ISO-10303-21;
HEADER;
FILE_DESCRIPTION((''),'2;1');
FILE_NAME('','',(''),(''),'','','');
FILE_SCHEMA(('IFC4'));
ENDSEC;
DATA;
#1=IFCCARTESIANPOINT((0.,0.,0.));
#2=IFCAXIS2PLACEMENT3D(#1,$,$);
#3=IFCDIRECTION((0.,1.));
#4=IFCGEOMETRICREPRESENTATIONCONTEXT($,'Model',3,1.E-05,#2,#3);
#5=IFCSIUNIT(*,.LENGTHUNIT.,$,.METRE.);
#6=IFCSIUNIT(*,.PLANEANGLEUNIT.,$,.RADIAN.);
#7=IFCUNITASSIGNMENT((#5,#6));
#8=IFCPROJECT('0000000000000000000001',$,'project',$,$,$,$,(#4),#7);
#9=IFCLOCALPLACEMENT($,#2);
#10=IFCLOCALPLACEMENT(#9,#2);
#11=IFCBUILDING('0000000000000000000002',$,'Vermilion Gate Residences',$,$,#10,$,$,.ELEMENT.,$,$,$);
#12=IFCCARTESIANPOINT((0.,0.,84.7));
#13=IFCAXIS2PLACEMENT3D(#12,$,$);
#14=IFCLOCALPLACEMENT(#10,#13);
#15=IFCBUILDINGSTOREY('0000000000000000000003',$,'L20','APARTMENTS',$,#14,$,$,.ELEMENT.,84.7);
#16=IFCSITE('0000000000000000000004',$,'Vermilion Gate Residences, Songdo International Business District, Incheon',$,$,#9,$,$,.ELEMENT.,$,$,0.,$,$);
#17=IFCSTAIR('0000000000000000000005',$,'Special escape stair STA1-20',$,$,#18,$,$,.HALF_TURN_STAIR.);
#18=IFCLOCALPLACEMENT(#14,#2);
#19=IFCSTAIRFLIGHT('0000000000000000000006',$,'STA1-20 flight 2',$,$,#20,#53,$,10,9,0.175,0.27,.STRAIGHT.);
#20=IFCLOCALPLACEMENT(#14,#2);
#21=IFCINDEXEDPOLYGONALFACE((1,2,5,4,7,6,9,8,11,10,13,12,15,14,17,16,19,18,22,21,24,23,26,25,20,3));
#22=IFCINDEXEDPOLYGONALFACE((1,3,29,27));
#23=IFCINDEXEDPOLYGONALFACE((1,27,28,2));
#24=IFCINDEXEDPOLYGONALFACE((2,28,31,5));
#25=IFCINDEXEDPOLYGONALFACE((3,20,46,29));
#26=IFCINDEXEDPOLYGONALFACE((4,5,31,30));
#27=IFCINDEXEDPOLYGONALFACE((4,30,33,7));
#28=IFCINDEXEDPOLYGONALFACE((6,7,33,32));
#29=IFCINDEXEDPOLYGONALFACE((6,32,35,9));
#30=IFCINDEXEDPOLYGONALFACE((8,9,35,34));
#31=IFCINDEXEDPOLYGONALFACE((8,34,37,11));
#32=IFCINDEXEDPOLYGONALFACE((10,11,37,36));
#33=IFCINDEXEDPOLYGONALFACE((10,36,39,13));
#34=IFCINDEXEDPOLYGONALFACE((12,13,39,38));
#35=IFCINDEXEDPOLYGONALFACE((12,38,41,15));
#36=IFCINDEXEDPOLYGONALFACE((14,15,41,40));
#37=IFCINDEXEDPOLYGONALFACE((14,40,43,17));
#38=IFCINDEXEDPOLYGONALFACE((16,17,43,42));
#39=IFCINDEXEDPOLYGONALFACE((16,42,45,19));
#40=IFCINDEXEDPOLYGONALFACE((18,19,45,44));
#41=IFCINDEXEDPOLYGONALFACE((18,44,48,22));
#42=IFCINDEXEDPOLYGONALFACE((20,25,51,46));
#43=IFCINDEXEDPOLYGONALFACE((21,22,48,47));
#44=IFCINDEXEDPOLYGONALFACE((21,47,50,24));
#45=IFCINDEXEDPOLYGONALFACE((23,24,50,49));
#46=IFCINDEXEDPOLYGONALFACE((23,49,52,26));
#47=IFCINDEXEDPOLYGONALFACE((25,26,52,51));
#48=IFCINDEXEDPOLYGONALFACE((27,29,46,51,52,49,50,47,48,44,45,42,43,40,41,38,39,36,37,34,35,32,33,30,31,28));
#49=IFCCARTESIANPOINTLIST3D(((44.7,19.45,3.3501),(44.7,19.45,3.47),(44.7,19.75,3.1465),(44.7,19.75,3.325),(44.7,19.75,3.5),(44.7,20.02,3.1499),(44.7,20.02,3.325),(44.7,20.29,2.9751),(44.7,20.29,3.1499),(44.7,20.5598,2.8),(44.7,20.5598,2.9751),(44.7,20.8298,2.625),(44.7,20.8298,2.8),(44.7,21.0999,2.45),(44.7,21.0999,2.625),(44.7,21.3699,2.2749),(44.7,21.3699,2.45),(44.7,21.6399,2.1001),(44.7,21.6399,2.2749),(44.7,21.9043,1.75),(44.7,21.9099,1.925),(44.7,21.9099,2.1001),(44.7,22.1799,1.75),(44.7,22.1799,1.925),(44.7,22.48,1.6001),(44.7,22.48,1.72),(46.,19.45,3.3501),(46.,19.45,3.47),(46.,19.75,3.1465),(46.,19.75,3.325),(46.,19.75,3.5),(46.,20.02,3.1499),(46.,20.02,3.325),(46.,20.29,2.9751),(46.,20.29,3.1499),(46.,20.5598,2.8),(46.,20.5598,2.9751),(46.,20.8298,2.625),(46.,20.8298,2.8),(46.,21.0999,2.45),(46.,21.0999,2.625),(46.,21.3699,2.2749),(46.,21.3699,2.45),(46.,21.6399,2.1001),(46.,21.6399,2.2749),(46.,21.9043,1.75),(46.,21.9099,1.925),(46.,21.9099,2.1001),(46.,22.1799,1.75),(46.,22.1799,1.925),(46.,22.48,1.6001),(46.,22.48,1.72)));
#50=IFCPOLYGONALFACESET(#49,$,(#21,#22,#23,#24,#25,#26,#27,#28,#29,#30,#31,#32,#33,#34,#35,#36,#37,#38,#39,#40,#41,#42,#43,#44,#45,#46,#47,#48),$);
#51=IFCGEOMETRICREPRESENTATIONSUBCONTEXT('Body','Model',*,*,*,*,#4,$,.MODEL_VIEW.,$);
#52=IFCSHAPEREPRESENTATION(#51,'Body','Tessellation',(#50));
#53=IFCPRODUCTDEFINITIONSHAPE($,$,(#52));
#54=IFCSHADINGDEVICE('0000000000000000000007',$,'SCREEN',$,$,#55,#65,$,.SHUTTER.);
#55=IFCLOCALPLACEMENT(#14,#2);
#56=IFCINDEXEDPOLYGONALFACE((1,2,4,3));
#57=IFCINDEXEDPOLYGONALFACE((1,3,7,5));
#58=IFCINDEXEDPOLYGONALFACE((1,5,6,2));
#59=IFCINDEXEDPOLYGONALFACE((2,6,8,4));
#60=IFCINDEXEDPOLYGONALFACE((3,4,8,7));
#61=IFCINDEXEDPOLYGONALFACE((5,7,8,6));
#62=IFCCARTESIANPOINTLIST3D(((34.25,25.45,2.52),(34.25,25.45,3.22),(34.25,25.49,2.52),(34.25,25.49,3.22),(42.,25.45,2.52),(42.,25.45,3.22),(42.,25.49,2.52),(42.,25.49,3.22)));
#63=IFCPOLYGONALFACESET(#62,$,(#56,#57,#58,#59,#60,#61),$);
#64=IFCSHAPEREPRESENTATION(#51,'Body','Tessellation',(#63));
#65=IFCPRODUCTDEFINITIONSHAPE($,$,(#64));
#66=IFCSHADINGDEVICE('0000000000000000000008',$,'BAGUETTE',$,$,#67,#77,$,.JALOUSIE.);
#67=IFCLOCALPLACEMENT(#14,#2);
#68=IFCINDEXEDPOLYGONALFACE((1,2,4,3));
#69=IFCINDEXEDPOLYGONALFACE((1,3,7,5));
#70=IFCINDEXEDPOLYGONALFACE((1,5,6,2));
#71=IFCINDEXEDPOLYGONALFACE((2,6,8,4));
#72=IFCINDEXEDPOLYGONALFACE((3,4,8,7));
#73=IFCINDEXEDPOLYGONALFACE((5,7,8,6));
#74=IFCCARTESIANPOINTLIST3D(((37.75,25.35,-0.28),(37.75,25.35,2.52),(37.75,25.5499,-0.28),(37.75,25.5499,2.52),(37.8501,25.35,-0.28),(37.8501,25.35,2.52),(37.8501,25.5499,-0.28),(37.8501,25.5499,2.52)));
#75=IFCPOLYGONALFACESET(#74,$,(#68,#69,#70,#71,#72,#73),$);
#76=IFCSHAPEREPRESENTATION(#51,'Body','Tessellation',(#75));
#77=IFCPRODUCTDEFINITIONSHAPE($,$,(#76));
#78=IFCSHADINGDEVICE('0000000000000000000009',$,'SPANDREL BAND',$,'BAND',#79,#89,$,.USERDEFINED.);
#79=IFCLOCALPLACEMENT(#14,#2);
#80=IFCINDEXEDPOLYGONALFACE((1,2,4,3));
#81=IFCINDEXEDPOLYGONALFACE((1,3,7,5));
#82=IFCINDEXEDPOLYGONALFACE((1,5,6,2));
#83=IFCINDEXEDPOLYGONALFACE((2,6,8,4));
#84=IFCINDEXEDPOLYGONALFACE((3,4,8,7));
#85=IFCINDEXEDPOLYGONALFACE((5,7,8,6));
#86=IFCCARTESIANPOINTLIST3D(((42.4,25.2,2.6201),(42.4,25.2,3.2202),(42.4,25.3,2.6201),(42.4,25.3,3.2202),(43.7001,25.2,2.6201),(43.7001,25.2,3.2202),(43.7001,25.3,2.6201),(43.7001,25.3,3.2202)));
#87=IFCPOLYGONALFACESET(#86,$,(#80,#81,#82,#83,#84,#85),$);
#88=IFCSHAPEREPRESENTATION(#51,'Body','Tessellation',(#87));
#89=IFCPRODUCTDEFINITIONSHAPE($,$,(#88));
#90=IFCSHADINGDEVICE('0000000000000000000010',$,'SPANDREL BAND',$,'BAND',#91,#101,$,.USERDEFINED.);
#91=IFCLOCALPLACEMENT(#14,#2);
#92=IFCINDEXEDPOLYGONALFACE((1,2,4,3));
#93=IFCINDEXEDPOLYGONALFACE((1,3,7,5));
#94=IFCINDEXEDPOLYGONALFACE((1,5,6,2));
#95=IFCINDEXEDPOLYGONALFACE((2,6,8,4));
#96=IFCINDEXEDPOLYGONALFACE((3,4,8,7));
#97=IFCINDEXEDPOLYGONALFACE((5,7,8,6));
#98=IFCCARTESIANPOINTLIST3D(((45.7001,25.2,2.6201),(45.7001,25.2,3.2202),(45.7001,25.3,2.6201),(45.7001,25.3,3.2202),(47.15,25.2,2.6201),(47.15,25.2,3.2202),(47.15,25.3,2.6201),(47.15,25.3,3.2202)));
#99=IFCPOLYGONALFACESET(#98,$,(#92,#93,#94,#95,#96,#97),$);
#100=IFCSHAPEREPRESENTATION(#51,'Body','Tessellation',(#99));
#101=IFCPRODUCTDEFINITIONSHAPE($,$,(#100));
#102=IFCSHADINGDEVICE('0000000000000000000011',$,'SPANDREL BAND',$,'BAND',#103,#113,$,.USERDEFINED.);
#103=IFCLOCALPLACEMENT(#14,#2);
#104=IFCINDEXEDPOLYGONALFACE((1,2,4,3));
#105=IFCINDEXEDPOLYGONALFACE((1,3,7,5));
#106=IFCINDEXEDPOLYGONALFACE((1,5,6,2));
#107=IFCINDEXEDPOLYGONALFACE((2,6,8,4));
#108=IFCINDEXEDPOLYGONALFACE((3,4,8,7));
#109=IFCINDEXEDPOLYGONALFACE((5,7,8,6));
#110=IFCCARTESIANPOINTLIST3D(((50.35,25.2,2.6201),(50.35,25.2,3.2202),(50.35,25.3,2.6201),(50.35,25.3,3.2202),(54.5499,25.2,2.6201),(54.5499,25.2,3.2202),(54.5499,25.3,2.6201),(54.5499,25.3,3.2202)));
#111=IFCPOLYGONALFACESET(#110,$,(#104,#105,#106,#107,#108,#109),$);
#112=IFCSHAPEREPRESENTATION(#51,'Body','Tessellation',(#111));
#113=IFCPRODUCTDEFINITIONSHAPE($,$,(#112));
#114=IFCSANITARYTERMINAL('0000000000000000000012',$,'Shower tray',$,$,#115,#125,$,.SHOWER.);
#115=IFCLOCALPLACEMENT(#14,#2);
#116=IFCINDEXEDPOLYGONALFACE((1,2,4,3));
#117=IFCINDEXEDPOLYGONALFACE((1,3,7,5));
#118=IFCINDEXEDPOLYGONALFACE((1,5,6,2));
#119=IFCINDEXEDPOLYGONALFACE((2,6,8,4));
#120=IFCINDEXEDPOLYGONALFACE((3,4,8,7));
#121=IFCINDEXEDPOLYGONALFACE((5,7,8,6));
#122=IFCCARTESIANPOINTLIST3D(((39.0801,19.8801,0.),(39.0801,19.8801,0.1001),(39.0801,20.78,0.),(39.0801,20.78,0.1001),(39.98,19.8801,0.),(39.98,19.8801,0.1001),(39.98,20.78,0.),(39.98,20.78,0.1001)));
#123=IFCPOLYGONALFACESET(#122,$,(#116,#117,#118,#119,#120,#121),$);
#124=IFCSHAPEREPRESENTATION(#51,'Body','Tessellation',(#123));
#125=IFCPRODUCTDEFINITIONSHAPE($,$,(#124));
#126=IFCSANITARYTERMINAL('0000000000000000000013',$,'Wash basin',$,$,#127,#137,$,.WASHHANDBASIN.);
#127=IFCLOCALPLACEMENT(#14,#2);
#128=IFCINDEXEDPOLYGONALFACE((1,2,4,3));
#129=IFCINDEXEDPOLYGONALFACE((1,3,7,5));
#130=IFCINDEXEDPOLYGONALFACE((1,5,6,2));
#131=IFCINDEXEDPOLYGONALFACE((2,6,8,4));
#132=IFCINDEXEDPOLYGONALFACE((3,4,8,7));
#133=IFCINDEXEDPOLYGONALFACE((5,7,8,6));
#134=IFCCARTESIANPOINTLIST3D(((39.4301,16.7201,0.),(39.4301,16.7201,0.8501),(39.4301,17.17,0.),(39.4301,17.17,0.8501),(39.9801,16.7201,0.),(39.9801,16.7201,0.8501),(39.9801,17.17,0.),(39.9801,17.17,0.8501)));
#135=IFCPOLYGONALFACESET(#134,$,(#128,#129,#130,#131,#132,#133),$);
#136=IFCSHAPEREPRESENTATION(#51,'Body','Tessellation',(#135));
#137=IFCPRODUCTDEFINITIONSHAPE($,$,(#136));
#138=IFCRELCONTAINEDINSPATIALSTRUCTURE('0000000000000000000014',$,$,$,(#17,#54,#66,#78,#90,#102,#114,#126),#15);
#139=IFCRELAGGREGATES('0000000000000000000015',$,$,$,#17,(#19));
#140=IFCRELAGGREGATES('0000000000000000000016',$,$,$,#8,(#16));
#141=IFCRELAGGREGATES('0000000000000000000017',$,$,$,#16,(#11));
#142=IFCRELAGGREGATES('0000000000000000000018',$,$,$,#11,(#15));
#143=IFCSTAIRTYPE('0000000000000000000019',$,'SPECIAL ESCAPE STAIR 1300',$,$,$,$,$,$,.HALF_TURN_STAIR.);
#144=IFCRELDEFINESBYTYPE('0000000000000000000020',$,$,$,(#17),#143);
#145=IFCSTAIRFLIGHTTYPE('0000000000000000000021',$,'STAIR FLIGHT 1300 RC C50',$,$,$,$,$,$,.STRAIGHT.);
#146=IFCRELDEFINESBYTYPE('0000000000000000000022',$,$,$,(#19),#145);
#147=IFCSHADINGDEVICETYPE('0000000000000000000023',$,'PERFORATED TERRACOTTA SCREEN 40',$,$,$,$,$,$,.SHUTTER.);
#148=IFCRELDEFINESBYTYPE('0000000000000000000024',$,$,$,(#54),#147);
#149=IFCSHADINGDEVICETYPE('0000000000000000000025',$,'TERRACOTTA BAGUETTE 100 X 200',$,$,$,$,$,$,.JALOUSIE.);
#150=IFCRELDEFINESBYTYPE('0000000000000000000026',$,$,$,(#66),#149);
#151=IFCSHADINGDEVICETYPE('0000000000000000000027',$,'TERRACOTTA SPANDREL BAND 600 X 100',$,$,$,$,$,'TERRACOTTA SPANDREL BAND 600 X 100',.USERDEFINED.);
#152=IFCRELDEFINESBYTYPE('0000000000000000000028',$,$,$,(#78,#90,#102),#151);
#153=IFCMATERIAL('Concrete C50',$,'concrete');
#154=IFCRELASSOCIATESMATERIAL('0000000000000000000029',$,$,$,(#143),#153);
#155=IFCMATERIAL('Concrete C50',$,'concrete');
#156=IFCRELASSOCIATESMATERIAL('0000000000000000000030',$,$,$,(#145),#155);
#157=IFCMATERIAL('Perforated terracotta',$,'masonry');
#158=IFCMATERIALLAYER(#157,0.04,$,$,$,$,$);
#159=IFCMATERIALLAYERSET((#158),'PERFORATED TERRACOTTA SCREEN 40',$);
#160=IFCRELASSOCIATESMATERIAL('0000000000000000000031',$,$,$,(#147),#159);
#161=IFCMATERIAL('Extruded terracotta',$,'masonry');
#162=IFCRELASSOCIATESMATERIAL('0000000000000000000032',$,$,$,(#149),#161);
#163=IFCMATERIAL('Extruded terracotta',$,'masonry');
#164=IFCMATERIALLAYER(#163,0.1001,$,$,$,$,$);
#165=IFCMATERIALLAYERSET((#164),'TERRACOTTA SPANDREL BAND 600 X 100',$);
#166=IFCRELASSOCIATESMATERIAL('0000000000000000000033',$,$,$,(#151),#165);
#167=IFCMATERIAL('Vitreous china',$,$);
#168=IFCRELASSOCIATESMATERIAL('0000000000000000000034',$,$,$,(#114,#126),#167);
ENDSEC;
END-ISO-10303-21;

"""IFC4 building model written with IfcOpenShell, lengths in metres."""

from ifc_helpers import new_model, si_unit, direction, frame, origin, origin_2d, place, context, subcontext, project, spatial, polyline, rectangle, outline, extrude, material, layer, layer_set, material_profile, profile_set, type_object, element, aggregate, save


model = new_model("IFC4")

# Units and contexts
model_context = context("Model", 3, precision=1e-05, world=origin(), true_north=direction((0.0, 1.0)))
body_context = subcontext(model_context, "Body", "Model", "MODEL_VIEW")
ifc_project = project(units=[si_unit("LENGTHUNIT", "METRE"), si_unit("PLANEANGLEUNIT", "RADIAN")], contexts=[model_context])

# Site, building, storey
site_placement = place(None, origin())
site = spatial("IfcSite", under=ifc_project, at=site_placement, Name="Vermilion Gate Residences, Songdo International Business District, Incheon", CompositionType="ELEMENT", RefElevation=0.0)
building_placement = place(site_placement, origin())
building = spatial("IfcBuilding", under=site, at=building_placement, Name="Vermilion Gate Residences", CompositionType="ELEMENT")
storey_placement = place(building_placement, frame((0.0, 0.0, 84.7)))
storey = spatial("IfcBuildingStorey", under=building, at=storey_placement, Name="L20", Description="APARTMENTS", CompositionType="ELEMENT", Elevation=84.7)

# Stair, stair flight
ifc_material_1 = material(Name="Concrete C50", Category="concrete")
stair_type = type_object("IfcStairType", Name="SPECIAL ESCAPE STAIR 1300", PredefinedType="HALF_TURN_STAIR", material=ifc_material_1)
stair_placement = place(storey_placement, origin())
stair = element("IfcStair", 1, at=stair_placement, inside=storey, type_object=stair_type, Name="Special escape stair STA1-20", PredefinedType="HALF_TURN_STAIR")
ifc_material_2 = material(Name="Concrete C50", Category="concrete")
stair_flight_type = type_object("IfcStairFlightType", Name="STAIR FLIGHT 1300 RC C50", PredefinedType="STRAIGHT", material=ifc_material_2)
stair_flight_1_placement = place(storey_placement, frame((45.3501, 22.1799, 1.75), z_axis=(0.0, 0.0, 1.0), x_axis=(0.0, -1.0, 0.0)))
stair_flight_1 = element("IfcStairFlight", 2, at=stair_flight_1_placement, type_object=stair_flight_type, Name="STA1-20 flight 2", NumberOfRisers=10, NumberOfTreads=9, PredefinedType="STRAIGHT", RiserHeight=0.175, TreadLength=0.27, context=body_context, shape_type="SweptSolid", body=[
    extrude(outline(polyline([(-0.3, -0.1499), (-0.3, -0.03), (0.0, 0.0), (0.0, 0.175), (0.27, 0.175), (0.27, 0.3501), (0.54, 0.3501), (0.54, 0.5249), (0.8101, 0.5249), (0.8101, 0.7), (1.0801, 0.7), (1.0801, 0.875), (1.3501, 0.875), (1.3501, 1.05), (1.6201, 1.05), (1.6201, 1.2251), (1.8899, 1.2251), (1.8899, 1.3999), (2.1599, 1.3999), (2.1599, 1.575), (2.4299, 1.575), (2.4299, 1.75), (2.73, 1.72), (2.73, 1.6001), (2.4299, 1.3965), (0.2756, 0.0), (-0.3, -0.1499)])), frame((0.0, 0.6499, 0.0), z_axis=(0.0, -1.0, 0.0), x_axis=(1.0, 0.0, 0.0)), (0.0, 0.0, 1.0), 1.3),
])
aggregate(stair, [stair_flight_1])

# Shading device
ifc_material_3 = material(Name="Perforated terracotta", Category="masonry")
ifc_layer_1 = layer(ifc_material_3, 0.04)
ifc_layer_set_1 = layer_set([ifc_layer_1], Name="PERFORATED TERRACOTTA SCREEN 40")
shading_device_type_1 = type_object("IfcShadingDeviceType", Name="PERFORATED TERRACOTTA SCREEN 40", PredefinedType="SHUTTER", material=ifc_layer_set_1)
shading_device_1_placement = place(storey_placement, frame((38.125, 25.47, 2.52), z_axis=(0.0, 0.0, 1.0), x_axis=(-1.0, 0.0, 0.0)))
element("IfcShadingDevice", 3, at=shading_device_1_placement, inside=storey, type_object=shading_device_type_1, Name="SCREEN", PredefinedType="SHUTTER", context=body_context, shape_type="SweptSolid", body=[
    extrude(rectangle(XDim=7.75, YDim=0.04, at=origin_2d()), origin(), (0.0, 0.0, 1.0), 0.7),
])

# Shading devices
ifc_material_4 = material(Name="Extruded terracotta", Category="masonry")
ifc_material_profile = material_profile(ifc_material_4, rectangle(XDim=0.2, YDim=0.1001, at=origin_2d()), Name="BAGUETTE 100 X 200")
ifc_profile_set = profile_set([ifc_material_profile], Name="Extruded terracotta")
shading_device_type_2 = type_object("IfcShadingDeviceType", Name="TERRACOTTA BAGUETTE 100 X 200", PredefinedType="JALOUSIE", material=ifc_profile_set)
shading_device_2_placement = place(storey_placement, frame((37.8, 25.45, -0.28), z_axis=(0.0, 0.0, 1.0), x_axis=(0.0, -1.0, 0.0)))
element("IfcShadingDevice", 4, at=shading_device_2_placement, inside=storey, type_object=shading_device_type_2, Name="BAGUETTE", PredefinedType="JALOUSIE", context=body_context, shape_type="SweptSolid", body=[
    extrude(rectangle(XDim=0.2, YDim=0.1001, at=origin_2d()), origin(), (0.0, 0.0, 1.0), 2.8),
])
ifc_material_5 = material(Name="Extruded terracotta", Category="masonry")
ifc_layer_2 = layer(ifc_material_5, 0.1001)
ifc_layer_set_2 = layer_set([ifc_layer_2], Name="TERRACOTTA SPANDREL BAND 600 X 100")
shading_device_type_3 = type_object("IfcShadingDeviceType", Name="TERRACOTTA SPANDREL BAND 600 X 100", ElementType="TERRACOTTA SPANDREL BAND 600 X 100", PredefinedType="USERDEFINED", material=ifc_layer_set_2)
shading_device_3_placement = place(storey_placement, frame((43.05, 25.25, 2.6201), z_axis=(0.0, 0.0, 1.0), x_axis=(1.0, 0.0, 0.0)))
element("IfcShadingDevice", 5, at=shading_device_3_placement, inside=storey, type_object=shading_device_type_3, Name="SPANDREL BAND", ObjectType="BAND", PredefinedType="USERDEFINED", context=body_context, shape_type="SweptSolid", body=[
    extrude(rectangle(XDim=1.3, YDim=0.1001, at=origin_2d()), origin(), (0.0, 0.0, 1.0), 0.6001),
])
shading_device_4_placement = place(storey_placement, frame((46.425, 25.25, 2.6201), z_axis=(0.0, 0.0, 1.0), x_axis=(1.0, 0.0, 0.0)))
element("IfcShadingDevice", 6, at=shading_device_4_placement, inside=storey, type_object=shading_device_type_3, Name="SPANDREL BAND", ObjectType="BAND", PredefinedType="USERDEFINED", context=body_context, shape_type="SweptSolid", body=[
    extrude(rectangle(XDim=1.45, YDim=0.1001, at=origin_2d()), origin(), (0.0, 0.0, 1.0), 0.6001),
])
shading_device_5_placement = place(storey_placement, frame((52.45, 25.25, 2.6201), z_axis=(0.0, 0.0, 1.0), x_axis=(1.0, 0.0, 0.0)))
element("IfcShadingDevice", 7, at=shading_device_5_placement, inside=storey, type_object=shading_device_type_3, Name="SPANDREL BAND", ObjectType="BAND", PredefinedType="USERDEFINED", context=body_context, shape_type="SweptSolid", body=[
    extrude(rectangle(XDim=4.2, YDim=0.1001, at=origin_2d()), origin(), (0.0, 0.0, 1.0), 0.6001),
])

# Sanitary terminals
ifc_material_6 = material(Name="Vitreous china")
sanitary_terminal_1_placement = place(storey_placement, frame((39.53, 20.3301, 0.0), z_axis=(0.0, 0.0, 1.0), x_axis=(1.0, 0.0, 0.0)))
element("IfcSanitaryTerminal", 8, at=sanitary_terminal_1_placement, inside=storey, material=ifc_material_6, Name="Shower tray", PredefinedType="SHOWER", context=body_context, shape_type="SweptSolid", body=[
    extrude(rectangle(XDim=0.8999, YDim=0.8999, at=origin_2d()), origin(), (0.0, 0.0, 1.0), 0.1001),
])
sanitary_terminal_2_placement = place(storey_placement, frame((39.7051, 16.9451, 0.0), z_axis=(0.0, 0.0, 1.0), x_axis=(1.0, 0.0, 0.0)))
element("IfcSanitaryTerminal", 9, at=sanitary_terminal_2_placement, inside=storey, material=ifc_material_6, Name="Wash basin", PredefinedType="WASHHANDBASIN", context=body_context, shape_type="SweptSolid", body=[
    extrude(rectangle(XDim=0.55, YDim=0.45, at=origin_2d()), origin(), (0.0, 0.0, 1.0), 0.8501),
])

save(model, "model.ifc")
